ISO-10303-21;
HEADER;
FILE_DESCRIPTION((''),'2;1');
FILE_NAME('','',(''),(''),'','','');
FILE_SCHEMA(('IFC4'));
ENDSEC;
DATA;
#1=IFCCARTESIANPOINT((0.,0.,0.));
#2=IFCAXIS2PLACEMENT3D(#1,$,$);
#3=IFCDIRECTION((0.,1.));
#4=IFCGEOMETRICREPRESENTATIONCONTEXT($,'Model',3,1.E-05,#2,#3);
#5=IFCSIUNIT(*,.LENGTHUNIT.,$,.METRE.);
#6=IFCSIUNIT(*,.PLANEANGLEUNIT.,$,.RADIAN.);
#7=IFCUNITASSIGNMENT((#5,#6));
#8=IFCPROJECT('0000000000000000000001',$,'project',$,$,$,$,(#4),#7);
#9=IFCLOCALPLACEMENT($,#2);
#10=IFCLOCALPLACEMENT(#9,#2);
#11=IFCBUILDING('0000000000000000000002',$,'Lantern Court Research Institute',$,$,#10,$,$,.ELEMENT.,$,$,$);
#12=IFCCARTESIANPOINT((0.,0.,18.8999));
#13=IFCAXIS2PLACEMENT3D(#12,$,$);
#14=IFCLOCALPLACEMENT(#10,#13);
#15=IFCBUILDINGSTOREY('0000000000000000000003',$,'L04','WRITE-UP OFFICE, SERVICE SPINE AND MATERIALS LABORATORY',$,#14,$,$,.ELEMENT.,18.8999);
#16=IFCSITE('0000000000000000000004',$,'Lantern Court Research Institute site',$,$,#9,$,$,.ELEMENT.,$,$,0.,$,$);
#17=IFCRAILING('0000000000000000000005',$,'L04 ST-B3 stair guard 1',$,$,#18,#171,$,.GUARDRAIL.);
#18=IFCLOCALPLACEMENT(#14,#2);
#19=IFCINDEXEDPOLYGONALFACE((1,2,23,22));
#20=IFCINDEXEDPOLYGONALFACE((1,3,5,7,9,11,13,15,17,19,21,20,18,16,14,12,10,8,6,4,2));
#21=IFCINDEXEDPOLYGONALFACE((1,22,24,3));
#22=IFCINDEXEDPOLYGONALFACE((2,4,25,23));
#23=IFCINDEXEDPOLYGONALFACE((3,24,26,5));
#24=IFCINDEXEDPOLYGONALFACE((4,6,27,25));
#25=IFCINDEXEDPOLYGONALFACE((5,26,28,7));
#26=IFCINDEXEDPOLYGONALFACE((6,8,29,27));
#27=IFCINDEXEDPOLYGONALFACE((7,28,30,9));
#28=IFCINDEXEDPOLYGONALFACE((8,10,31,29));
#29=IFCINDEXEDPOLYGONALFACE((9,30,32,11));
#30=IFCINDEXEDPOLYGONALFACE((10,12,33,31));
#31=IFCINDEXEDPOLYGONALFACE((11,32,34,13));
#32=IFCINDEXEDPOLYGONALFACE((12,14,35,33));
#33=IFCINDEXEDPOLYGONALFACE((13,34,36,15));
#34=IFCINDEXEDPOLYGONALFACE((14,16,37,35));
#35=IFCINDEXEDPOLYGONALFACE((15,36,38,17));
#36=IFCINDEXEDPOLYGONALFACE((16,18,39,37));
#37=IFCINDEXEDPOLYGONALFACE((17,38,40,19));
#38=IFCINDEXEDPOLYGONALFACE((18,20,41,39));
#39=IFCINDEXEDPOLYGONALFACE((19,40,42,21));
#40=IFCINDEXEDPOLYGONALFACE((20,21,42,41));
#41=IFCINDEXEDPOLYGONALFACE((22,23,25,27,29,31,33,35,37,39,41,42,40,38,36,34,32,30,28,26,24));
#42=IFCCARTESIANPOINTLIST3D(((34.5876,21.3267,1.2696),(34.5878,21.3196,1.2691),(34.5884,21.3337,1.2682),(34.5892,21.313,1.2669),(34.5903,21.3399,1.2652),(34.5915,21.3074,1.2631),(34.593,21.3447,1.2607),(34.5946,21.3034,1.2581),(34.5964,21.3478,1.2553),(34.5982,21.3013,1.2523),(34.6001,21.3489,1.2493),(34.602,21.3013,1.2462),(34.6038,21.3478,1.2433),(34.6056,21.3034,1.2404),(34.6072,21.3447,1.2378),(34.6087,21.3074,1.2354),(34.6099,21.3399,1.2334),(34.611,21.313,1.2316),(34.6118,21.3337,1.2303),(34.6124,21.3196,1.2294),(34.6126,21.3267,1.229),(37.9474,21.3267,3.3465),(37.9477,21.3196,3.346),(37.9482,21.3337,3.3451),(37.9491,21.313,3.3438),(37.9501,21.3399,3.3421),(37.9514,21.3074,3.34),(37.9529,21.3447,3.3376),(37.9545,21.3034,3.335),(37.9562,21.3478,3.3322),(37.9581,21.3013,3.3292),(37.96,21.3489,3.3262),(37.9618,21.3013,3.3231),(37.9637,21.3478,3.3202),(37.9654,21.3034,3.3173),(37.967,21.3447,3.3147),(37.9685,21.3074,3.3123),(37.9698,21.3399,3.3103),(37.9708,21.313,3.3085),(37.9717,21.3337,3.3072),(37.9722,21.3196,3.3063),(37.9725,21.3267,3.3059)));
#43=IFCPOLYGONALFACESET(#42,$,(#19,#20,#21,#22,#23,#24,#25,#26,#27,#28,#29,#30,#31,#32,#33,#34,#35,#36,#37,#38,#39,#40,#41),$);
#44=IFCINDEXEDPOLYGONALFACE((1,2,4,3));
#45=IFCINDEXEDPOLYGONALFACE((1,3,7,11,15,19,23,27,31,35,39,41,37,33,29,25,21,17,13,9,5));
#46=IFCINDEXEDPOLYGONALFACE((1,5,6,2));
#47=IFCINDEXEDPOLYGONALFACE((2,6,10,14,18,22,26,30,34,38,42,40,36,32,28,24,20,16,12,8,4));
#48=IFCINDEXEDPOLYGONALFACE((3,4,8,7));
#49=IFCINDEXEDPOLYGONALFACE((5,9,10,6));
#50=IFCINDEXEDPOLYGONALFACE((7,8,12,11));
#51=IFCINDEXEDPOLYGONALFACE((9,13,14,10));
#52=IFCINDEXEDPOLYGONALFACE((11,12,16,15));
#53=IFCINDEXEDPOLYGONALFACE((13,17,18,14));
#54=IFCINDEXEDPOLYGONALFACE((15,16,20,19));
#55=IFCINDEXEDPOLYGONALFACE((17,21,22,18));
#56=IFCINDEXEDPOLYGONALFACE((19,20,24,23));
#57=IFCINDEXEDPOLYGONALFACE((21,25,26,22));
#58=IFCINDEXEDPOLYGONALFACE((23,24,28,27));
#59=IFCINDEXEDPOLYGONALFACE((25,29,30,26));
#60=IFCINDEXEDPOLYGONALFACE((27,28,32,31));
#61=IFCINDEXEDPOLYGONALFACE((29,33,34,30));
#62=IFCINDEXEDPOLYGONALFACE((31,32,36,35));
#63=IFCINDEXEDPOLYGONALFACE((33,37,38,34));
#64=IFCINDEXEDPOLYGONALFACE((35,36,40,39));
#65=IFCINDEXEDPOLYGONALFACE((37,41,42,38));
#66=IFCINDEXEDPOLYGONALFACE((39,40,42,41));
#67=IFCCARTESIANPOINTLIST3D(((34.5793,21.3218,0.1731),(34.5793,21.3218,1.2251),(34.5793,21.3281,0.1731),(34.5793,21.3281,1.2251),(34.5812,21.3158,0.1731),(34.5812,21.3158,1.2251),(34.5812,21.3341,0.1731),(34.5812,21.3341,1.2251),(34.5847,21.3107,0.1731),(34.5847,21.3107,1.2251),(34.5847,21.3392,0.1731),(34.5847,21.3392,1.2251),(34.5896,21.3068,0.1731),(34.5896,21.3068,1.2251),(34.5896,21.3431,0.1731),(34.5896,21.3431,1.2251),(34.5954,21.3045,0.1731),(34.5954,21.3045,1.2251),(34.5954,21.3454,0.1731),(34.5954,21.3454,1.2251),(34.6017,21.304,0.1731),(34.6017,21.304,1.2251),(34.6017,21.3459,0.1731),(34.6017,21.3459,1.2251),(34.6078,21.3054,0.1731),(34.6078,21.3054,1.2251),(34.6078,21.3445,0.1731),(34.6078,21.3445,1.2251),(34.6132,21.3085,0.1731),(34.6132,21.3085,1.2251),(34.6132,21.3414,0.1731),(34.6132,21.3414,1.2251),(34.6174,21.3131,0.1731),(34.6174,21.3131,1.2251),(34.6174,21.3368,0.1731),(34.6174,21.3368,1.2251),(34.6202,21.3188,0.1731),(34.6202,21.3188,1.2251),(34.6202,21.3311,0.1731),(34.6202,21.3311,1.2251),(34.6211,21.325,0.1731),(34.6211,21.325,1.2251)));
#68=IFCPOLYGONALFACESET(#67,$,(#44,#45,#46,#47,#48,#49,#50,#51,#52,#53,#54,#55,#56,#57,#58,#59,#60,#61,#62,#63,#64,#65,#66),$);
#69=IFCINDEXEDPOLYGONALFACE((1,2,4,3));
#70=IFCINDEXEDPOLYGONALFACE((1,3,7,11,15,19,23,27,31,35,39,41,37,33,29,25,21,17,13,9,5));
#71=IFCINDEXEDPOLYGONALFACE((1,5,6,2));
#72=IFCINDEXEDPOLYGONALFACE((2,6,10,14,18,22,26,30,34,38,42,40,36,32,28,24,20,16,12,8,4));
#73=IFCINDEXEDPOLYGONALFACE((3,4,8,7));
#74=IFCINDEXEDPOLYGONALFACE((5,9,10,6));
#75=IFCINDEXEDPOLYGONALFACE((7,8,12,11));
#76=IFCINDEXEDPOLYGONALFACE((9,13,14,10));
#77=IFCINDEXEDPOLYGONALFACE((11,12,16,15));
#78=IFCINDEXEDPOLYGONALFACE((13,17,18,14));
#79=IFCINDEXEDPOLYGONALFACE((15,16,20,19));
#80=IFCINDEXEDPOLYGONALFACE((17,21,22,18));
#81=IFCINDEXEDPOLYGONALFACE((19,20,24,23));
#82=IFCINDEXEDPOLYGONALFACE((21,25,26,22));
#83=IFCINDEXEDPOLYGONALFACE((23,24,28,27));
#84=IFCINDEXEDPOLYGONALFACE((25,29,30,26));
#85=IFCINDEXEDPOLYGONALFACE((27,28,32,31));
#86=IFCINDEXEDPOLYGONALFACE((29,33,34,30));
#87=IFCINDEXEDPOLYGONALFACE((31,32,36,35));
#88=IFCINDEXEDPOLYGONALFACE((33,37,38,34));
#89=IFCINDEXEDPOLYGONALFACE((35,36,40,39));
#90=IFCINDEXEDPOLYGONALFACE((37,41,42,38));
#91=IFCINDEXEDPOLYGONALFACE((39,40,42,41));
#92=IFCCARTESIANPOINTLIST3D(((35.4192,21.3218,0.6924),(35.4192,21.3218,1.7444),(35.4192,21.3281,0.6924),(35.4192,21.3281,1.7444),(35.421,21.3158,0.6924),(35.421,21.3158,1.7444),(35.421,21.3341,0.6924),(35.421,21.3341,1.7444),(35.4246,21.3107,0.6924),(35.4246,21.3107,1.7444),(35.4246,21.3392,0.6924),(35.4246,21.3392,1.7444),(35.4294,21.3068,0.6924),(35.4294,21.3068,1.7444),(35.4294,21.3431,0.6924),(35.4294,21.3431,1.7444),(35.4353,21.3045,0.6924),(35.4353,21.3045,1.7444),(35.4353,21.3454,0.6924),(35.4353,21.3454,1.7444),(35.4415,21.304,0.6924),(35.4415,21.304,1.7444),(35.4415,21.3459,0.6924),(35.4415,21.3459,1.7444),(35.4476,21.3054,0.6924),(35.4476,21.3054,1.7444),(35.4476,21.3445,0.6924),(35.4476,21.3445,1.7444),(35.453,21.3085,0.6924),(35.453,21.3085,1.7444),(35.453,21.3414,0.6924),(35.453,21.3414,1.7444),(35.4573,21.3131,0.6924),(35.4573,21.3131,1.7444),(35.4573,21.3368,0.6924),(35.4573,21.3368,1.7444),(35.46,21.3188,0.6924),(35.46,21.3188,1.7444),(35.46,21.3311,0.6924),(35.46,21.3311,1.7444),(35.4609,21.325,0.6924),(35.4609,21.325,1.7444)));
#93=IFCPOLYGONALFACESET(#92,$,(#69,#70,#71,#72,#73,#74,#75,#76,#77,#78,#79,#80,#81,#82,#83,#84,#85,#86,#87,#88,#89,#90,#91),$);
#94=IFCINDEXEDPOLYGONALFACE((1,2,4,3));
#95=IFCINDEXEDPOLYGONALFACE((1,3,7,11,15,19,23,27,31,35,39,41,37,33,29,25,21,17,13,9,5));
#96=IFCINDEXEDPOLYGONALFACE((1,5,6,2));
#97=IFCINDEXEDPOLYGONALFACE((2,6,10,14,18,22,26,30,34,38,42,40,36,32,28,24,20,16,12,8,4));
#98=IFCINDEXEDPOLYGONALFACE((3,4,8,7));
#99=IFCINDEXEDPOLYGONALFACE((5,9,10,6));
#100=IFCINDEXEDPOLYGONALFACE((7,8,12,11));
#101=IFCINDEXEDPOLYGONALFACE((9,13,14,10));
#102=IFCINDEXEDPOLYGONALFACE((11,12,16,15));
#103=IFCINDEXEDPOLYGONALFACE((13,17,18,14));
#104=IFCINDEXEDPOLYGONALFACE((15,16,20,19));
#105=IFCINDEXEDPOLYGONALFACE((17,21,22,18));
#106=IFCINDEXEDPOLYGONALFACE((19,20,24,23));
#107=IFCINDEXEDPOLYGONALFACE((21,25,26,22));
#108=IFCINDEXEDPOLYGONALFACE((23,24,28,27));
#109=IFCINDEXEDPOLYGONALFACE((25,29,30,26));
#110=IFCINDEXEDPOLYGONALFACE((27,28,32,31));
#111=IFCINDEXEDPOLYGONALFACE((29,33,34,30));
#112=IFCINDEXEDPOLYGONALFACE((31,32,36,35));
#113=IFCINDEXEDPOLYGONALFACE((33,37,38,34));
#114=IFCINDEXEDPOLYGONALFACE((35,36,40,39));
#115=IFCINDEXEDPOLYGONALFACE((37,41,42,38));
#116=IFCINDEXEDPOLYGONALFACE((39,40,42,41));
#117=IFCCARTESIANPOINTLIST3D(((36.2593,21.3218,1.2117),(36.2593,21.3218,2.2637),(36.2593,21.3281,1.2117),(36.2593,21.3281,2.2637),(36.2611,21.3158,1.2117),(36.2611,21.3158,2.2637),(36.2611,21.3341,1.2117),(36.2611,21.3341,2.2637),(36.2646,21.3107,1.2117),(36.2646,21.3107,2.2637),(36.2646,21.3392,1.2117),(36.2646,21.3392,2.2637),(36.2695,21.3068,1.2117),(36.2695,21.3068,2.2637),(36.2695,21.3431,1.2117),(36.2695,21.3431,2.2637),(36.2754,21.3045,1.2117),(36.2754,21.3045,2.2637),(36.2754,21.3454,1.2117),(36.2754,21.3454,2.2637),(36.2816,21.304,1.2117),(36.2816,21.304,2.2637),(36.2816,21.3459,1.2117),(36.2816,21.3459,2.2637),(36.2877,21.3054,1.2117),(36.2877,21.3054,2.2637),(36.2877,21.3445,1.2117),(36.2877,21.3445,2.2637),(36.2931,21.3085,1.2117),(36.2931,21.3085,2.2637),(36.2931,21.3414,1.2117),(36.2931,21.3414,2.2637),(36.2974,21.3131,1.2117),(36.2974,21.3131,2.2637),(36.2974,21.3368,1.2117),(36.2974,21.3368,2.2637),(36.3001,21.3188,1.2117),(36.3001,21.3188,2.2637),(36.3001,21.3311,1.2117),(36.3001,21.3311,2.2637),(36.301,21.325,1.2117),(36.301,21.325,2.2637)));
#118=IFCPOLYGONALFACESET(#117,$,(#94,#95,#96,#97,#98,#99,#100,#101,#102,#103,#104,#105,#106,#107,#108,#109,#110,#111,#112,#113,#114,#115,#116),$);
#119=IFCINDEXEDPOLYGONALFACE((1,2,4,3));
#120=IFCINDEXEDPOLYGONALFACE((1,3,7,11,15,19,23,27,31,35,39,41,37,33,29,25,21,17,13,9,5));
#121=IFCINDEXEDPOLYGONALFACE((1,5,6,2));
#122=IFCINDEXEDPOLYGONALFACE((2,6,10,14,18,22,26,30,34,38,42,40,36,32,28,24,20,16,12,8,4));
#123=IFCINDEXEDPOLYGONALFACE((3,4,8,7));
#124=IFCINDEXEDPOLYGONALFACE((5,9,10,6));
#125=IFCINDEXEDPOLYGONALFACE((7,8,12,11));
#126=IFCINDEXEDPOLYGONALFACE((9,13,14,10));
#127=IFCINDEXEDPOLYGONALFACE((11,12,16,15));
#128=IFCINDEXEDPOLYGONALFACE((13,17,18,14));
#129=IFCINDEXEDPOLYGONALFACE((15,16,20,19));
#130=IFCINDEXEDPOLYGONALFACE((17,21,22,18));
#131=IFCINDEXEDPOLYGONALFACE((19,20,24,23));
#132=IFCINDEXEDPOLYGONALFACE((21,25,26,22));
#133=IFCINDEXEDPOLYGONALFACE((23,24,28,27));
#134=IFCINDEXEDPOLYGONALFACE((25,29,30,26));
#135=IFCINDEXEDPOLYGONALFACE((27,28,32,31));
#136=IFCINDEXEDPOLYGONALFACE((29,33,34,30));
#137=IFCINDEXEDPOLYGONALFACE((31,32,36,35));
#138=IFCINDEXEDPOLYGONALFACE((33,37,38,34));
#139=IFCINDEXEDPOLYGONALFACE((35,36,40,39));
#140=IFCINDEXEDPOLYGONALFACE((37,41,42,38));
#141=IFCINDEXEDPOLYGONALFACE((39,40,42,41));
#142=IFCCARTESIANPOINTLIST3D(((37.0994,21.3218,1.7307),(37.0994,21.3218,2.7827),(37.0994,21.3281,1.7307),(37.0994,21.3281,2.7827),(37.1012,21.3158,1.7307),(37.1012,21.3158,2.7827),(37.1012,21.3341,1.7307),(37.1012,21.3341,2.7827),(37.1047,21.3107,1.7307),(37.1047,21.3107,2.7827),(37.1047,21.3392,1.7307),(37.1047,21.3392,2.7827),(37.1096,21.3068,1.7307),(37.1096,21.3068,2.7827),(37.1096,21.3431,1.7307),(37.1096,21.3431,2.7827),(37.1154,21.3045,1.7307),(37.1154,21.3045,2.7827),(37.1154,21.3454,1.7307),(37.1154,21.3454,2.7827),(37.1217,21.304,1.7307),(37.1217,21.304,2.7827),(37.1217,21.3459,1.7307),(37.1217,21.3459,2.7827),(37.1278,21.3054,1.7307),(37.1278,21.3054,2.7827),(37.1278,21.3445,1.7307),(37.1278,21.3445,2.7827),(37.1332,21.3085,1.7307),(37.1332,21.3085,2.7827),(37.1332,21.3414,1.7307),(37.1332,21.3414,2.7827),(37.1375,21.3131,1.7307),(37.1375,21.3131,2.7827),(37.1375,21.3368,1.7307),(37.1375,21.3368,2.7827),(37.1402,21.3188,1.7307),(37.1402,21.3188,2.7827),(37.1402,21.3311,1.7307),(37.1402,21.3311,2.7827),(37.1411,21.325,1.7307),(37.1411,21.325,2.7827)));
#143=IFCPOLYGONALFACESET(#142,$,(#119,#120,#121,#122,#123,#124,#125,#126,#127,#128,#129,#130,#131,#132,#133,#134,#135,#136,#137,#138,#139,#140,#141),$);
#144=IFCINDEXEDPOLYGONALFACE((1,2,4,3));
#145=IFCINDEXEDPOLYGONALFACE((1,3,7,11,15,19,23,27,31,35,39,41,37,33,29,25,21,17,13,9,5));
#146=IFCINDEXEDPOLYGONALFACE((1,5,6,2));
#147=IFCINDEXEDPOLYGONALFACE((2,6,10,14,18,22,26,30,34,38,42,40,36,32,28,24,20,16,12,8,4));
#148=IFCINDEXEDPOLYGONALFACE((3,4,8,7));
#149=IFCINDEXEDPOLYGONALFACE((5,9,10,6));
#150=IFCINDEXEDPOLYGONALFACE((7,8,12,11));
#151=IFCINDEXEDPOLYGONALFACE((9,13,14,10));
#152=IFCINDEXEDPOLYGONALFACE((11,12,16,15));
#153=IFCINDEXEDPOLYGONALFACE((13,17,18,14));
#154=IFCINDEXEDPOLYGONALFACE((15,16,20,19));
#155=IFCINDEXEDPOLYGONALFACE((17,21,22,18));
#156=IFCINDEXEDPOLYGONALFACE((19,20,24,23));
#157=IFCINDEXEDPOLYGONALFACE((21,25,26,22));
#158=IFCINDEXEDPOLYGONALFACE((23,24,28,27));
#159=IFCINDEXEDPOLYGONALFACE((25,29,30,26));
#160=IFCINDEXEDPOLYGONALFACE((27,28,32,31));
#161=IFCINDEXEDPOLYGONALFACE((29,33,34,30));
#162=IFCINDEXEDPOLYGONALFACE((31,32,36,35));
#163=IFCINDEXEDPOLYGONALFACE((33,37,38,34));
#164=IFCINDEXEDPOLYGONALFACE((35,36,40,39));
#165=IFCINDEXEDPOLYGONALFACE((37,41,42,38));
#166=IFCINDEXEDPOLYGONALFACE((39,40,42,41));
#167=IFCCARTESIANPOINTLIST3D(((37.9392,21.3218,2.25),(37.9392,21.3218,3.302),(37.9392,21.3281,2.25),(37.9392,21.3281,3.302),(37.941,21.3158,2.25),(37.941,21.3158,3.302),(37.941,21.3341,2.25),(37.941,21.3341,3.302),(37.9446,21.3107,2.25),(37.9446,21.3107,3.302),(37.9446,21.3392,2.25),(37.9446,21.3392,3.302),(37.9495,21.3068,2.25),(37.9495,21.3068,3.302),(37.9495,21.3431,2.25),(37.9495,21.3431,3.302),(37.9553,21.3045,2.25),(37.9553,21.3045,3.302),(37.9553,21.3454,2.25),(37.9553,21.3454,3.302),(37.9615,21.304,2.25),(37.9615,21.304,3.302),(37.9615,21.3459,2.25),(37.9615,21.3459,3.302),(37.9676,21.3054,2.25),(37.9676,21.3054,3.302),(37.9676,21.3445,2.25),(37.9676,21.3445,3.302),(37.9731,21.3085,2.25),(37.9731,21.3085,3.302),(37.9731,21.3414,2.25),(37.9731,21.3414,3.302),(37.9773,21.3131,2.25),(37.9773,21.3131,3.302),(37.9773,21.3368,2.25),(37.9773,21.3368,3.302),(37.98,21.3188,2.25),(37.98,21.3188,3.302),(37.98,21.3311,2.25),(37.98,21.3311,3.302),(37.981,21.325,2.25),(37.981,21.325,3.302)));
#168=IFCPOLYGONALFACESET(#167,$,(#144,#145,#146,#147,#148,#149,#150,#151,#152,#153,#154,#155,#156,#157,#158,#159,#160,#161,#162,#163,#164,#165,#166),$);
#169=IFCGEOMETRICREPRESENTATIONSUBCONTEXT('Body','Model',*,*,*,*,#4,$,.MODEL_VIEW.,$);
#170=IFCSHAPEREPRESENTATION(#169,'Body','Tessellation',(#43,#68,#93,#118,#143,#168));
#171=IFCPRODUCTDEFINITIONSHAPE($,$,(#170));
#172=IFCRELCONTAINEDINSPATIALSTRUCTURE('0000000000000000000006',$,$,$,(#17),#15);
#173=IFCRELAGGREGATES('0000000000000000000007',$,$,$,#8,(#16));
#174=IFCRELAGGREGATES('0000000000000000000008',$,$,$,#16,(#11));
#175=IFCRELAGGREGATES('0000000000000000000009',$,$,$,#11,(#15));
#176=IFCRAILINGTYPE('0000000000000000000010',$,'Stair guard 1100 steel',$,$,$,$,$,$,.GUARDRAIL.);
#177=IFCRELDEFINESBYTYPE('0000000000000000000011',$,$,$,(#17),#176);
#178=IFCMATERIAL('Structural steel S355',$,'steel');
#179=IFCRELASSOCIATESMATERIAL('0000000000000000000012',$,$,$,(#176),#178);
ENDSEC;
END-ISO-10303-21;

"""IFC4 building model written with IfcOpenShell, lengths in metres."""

from ifc_helpers import new_model, si_unit, direction, frame, origin, origin_2d, place, context, subcontext, project, spatial, circle, extrude, material, type_object, element, save


model = new_model("IFC4")

# Units and contexts
model_context = context("Model", 3, precision=1e-05, world=origin(), true_north=direction((0.0, 1.0)))
body_context = subcontext(model_context, "Body", "Model", "MODEL_VIEW")
ifc_project = project(units=[si_unit("LENGTHUNIT", "METRE"), si_unit("PLANEANGLEUNIT", "RADIAN")], contexts=[model_context])

# Site, building, storey
site_placement = place(None, origin())
site = spatial("IfcSite", under=ifc_project, at=site_placement, Name="Lantern Court Research Institute site", CompositionType="ELEMENT", RefElevation=0.0)
building_placement = place(site_placement, origin())
building = spatial("IfcBuilding", under=site, at=building_placement, Name="Lantern Court Research Institute", CompositionType="ELEMENT")
storey_placement = place(building_placement, frame((0.0, 0.0, 18.8999)))
storey = spatial("IfcBuildingStorey", under=building, at=storey_placement, Name="L04", Description="WRITE-UP OFFICE, SERVICE SPINE AND MATERIALS LABORATORY", CompositionType="ELEMENT", Elevation=18.8999)

# Railing
ifc_material_1 = material(Name="Structural steel S355", Category="steel")
railing_type_1 = type_object("IfcRailingType", Name="Stair guard 1100 steel", PredefinedType="GUARDRAIL", material=ifc_material_1)
railing_1_placement = place(storey_placement, frame((34.6001, 21.325, 0.1731)))
element("IfcRailing", 1, at=railing_1_placement, inside=storey, type_object=railing_type_1, Name="L04 ST-B3 stair guard 1", PredefinedType="GUARDRAIL", context=body_context, shape_type="SweptSolid", body=[
    extrude(circle(Radius=0.0239, at=origin_2d()), frame((0.0, 0.0, 1.0762), z_axis=(0.850606, 0.0, 0.525803), x_axis=(0.0, 1.0, 0.0)), (0.0, 0.0, 1.0), 3.95),
    extrude(circle(Radius=0.021, at=origin_2d()), origin(), (0.0, 0.0, 1.0), 1.052),
    extrude(circle(Radius=0.021, at=origin_2d()), frame((0.8398, 0.0, 0.5193)), (0.0, 0.0, 1.0), 1.052),
    extrude(circle(Radius=0.021, at=origin_2d()), frame((1.6799, 0.0, 1.0386)), (0.0, 0.0, 1.0), 1.052),
    extrude(circle(Radius=0.021, at=origin_2d()), frame((2.52, 0.0, 1.5576)), (0.0, 0.0, 1.0), 1.052),
    extrude(circle(Radius=0.021, at=origin_2d()), frame((3.3599, 0.0, 2.0769)), (0.0, 0.0, 1.0), 1.052),
])

save(model, "model.ifc")
